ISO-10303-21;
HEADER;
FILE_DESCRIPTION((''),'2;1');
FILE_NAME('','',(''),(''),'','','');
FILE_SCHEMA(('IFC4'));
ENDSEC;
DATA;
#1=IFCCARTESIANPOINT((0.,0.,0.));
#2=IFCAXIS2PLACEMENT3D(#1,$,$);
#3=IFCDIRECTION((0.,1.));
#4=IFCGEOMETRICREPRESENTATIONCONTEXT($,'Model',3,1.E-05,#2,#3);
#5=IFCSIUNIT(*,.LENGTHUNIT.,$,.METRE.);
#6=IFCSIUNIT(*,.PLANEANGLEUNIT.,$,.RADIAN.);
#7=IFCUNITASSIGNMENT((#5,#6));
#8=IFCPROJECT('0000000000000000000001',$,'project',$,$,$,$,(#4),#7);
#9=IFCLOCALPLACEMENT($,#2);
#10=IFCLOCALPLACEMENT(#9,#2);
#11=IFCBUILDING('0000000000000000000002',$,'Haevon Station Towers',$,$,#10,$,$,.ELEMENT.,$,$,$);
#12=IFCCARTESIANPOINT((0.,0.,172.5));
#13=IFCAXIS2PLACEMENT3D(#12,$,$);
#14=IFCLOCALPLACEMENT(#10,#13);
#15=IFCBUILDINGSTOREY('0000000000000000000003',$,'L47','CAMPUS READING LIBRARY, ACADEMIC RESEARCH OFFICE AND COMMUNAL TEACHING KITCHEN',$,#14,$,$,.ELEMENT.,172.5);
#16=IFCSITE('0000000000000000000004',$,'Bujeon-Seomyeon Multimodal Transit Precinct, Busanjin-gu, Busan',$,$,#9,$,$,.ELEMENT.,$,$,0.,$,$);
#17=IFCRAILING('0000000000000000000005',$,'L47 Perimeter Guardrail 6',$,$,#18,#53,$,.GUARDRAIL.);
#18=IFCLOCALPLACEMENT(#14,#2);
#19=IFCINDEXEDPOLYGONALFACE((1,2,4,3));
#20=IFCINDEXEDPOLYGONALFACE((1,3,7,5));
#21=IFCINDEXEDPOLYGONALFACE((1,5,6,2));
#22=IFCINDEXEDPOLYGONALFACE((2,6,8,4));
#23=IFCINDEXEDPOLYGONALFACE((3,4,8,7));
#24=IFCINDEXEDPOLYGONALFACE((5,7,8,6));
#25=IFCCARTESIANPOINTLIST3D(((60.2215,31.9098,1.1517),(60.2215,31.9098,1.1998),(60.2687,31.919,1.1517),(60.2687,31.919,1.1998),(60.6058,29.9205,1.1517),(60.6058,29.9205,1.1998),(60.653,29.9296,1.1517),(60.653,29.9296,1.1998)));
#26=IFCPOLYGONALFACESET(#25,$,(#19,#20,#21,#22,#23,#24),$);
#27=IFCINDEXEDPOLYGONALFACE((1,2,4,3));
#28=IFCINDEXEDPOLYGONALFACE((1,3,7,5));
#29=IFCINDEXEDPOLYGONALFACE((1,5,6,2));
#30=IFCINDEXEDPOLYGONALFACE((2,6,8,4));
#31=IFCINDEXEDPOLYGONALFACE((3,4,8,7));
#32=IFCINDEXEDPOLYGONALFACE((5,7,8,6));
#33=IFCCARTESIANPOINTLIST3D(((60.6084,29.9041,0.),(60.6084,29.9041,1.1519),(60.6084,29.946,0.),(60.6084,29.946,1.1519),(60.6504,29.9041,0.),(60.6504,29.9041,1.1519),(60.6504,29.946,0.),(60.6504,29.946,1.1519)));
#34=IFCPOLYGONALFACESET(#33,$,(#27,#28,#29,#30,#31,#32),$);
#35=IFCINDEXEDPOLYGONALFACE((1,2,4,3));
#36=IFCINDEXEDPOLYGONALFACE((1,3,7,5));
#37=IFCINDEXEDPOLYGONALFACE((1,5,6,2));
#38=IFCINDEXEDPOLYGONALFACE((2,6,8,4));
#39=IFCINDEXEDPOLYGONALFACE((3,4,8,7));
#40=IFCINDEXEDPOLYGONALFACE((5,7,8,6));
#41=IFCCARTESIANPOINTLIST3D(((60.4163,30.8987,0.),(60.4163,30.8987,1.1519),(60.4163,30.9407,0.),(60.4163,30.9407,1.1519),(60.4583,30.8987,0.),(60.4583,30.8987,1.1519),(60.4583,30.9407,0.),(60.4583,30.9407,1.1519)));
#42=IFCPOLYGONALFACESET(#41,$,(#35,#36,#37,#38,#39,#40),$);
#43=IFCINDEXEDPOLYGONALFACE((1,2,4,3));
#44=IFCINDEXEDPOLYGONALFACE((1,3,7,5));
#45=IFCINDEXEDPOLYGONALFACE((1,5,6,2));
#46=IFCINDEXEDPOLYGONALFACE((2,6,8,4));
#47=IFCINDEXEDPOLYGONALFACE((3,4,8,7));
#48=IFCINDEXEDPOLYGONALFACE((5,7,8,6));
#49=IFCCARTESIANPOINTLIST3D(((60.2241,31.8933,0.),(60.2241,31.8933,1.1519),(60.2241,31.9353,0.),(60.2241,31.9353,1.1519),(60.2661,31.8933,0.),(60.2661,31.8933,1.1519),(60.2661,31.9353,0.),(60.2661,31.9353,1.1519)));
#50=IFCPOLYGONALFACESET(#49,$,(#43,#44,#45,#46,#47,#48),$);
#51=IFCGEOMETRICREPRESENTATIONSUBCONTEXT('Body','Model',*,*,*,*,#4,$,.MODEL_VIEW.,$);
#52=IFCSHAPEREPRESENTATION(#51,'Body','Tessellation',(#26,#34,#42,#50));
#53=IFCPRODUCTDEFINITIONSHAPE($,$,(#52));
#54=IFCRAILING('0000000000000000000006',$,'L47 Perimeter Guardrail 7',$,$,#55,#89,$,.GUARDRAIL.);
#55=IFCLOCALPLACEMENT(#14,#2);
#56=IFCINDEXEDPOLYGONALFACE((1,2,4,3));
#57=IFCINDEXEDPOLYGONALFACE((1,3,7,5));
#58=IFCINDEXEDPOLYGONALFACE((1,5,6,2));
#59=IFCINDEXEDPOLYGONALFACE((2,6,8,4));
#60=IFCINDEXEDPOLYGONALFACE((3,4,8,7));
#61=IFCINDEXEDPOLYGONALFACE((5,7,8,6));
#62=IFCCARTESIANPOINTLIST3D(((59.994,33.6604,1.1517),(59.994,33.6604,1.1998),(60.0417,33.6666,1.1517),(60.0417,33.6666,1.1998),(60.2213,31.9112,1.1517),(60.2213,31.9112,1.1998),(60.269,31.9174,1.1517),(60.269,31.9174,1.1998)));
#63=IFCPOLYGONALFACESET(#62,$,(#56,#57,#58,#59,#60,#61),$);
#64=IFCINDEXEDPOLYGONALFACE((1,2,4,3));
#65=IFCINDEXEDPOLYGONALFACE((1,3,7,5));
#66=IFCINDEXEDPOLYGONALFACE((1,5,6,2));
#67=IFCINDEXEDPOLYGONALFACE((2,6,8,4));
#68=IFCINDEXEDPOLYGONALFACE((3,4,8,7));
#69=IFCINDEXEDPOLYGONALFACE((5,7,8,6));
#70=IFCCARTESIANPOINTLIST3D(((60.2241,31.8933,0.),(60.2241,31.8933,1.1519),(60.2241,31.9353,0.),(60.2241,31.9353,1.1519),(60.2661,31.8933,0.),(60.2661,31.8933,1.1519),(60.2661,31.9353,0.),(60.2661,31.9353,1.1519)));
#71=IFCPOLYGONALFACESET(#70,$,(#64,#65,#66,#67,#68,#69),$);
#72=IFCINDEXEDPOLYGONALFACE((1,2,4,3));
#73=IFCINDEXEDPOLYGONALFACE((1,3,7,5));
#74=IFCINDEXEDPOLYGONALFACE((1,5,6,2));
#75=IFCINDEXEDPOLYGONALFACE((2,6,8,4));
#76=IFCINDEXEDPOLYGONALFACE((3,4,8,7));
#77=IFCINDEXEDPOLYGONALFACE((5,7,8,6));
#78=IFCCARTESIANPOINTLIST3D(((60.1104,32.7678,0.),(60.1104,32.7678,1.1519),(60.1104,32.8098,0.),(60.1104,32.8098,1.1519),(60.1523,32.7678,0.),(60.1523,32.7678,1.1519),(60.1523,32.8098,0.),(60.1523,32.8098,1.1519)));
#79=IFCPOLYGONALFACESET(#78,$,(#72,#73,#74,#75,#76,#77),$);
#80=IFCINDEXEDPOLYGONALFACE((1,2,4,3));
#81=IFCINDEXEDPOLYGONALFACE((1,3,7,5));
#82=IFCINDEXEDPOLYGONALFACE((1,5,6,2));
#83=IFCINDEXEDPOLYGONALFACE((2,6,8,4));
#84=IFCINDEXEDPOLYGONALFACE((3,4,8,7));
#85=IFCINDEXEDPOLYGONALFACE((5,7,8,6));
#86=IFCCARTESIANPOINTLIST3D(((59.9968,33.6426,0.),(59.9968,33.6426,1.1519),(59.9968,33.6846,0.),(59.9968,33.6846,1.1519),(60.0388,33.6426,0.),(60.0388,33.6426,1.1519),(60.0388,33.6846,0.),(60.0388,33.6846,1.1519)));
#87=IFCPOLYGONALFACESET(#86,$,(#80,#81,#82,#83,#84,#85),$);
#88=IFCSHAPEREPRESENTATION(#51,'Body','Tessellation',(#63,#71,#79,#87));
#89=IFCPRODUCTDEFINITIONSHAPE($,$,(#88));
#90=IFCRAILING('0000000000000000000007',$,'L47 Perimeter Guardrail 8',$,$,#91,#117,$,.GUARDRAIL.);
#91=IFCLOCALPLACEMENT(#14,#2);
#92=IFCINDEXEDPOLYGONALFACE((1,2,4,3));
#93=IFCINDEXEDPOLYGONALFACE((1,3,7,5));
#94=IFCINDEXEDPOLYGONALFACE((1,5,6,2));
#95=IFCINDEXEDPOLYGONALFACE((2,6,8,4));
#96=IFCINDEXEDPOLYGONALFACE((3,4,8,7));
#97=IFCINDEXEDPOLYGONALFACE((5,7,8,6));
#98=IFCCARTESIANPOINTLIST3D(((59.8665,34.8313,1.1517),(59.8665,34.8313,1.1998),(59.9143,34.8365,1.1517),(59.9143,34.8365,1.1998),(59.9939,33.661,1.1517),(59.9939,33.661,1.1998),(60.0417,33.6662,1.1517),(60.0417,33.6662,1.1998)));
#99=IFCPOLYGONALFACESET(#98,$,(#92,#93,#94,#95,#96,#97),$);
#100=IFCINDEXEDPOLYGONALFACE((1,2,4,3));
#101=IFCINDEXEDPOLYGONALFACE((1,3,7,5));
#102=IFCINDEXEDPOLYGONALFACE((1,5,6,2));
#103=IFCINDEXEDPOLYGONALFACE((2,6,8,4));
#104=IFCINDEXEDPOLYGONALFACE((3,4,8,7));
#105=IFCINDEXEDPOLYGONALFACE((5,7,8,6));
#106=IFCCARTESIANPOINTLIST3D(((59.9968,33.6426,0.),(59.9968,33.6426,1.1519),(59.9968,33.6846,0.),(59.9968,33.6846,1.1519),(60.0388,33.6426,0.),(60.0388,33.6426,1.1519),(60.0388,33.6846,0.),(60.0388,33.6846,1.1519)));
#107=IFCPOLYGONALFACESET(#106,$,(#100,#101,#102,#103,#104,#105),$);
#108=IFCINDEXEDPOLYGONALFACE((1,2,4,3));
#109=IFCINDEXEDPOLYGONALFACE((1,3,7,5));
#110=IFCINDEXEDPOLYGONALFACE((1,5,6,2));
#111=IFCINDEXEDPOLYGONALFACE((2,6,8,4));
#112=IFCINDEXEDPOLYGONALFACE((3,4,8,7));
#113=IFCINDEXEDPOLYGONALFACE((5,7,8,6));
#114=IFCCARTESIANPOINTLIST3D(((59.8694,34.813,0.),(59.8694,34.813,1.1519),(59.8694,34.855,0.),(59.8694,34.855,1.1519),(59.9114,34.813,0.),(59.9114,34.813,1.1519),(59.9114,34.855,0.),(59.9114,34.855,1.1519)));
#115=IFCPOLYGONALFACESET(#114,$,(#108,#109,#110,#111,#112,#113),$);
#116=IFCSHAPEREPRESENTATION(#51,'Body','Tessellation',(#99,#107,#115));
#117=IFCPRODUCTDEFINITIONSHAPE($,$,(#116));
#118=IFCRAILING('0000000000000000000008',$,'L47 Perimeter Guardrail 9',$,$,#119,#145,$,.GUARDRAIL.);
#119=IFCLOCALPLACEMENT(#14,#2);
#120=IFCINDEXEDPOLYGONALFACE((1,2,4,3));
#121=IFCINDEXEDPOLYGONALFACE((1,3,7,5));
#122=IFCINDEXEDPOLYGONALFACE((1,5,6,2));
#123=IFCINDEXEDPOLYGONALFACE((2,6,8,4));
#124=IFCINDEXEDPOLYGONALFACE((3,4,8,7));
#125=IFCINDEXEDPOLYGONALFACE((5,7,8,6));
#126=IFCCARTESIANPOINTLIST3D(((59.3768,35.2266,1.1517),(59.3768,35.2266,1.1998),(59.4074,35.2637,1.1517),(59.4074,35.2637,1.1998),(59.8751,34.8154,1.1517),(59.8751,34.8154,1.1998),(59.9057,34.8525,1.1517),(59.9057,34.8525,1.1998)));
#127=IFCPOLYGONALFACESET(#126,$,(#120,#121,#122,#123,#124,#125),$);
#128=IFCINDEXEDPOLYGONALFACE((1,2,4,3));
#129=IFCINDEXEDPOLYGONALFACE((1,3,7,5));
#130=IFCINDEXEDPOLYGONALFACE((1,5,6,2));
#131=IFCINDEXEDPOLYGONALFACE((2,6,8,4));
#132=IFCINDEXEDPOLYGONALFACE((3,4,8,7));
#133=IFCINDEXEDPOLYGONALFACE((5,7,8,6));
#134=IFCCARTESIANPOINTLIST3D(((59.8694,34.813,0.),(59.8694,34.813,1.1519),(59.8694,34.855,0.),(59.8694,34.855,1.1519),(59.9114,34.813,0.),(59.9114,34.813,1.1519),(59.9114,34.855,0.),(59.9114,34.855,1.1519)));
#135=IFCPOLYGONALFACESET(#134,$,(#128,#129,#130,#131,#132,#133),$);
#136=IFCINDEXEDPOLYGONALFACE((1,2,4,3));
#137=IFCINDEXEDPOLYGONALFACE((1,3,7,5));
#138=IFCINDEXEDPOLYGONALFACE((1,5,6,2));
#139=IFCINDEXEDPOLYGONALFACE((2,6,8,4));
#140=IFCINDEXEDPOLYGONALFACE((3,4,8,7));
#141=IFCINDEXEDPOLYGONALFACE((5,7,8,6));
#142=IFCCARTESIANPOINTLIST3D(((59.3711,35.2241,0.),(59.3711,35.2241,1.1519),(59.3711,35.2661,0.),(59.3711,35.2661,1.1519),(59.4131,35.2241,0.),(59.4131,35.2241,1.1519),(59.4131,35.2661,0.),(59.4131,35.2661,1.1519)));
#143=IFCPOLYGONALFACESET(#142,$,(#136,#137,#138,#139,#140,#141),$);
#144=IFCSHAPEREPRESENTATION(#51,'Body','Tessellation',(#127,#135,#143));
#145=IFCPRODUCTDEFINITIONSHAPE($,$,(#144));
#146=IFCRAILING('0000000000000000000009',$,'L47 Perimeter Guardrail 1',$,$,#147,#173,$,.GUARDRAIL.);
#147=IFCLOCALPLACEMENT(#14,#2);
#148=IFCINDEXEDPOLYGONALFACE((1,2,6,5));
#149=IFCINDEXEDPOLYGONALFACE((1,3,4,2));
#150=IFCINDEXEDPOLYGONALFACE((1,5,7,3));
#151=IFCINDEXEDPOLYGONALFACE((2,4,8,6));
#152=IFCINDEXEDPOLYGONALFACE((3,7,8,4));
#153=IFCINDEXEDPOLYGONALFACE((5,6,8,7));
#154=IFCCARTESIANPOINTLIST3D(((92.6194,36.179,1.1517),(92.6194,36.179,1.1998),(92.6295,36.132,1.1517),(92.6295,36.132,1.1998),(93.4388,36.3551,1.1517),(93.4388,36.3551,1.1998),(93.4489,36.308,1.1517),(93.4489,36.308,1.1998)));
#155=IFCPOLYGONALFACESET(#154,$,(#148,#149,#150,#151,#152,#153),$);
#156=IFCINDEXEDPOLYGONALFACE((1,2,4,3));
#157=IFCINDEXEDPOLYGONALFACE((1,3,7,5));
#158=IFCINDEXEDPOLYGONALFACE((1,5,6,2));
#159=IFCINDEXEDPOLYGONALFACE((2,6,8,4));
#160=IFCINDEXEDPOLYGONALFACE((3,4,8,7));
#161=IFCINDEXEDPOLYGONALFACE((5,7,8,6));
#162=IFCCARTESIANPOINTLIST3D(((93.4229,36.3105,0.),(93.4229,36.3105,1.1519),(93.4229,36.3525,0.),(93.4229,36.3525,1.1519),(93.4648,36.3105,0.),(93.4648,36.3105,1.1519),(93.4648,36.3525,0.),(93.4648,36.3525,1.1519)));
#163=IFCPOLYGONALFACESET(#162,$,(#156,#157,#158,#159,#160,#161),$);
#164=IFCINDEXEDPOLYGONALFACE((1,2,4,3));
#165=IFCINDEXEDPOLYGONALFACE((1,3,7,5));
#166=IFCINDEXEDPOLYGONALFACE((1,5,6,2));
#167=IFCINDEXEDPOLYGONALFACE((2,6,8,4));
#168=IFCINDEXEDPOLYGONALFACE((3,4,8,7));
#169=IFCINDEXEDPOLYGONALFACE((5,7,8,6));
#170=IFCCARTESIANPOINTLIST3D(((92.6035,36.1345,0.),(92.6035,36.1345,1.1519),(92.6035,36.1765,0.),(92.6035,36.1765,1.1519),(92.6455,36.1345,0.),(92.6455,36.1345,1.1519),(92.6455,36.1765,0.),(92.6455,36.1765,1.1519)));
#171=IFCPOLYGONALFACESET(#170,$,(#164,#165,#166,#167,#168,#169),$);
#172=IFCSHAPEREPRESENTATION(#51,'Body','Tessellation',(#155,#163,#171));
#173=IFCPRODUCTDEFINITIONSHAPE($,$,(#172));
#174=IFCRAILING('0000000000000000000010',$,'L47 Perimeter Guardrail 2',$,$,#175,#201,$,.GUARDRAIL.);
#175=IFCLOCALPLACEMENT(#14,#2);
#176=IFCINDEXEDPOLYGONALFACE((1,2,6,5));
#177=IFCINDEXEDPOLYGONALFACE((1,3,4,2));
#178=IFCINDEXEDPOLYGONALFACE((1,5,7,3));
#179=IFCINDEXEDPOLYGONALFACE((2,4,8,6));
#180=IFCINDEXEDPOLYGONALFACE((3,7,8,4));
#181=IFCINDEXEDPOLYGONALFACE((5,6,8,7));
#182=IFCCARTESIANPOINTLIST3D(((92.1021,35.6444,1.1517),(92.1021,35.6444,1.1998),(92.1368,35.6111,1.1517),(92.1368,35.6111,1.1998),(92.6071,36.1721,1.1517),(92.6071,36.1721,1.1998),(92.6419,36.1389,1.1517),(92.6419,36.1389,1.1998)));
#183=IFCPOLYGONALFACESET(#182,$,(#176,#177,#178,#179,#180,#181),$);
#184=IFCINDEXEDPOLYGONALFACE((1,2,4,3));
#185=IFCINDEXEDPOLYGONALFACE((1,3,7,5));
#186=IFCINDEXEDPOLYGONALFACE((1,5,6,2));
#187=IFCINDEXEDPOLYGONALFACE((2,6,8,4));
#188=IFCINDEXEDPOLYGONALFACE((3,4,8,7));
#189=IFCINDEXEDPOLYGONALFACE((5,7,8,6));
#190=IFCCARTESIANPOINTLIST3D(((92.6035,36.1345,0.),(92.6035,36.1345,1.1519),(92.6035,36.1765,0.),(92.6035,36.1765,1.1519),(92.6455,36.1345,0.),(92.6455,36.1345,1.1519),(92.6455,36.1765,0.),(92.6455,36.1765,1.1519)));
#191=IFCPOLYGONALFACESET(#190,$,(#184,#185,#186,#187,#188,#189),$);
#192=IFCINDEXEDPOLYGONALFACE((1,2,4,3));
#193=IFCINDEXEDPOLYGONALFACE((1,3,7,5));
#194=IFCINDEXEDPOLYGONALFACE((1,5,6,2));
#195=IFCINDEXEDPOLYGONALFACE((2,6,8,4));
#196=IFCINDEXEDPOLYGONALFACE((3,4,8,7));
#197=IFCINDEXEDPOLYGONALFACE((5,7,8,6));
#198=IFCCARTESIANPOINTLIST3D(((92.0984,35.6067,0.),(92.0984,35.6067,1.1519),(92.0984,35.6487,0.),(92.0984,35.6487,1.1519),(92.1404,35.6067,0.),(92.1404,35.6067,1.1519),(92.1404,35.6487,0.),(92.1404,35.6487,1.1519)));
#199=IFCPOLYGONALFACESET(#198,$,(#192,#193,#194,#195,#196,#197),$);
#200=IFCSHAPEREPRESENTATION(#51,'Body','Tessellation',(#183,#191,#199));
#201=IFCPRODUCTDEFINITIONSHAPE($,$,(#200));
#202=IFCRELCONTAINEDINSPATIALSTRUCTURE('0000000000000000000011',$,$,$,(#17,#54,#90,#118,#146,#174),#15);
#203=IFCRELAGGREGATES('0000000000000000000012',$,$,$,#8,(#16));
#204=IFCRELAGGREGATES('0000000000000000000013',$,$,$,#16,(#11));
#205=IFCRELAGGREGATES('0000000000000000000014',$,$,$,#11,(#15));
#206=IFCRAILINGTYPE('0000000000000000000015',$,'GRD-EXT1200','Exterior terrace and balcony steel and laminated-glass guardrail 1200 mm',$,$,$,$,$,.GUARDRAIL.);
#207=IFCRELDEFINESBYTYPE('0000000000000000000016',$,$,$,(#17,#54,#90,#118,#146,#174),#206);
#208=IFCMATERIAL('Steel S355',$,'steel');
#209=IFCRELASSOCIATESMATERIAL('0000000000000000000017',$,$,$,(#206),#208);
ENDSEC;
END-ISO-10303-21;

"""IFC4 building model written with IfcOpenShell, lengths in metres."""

from ifc_helpers import new_model, si_unit, direction, frame, origin, origin_2d, place, context, subcontext, project, spatial, rectangle, extrude, material, type_object, element, save


model = new_model("IFC4")

# Units and contexts
model_context = context("Model", 3, precision=1e-05, world=origin(), true_north=direction((0.0, 1.0)))
body_context = subcontext(model_context, "Body", "Model", "MODEL_VIEW")
ifc_project = project(units=[si_unit("LENGTHUNIT", "METRE"), si_unit("PLANEANGLEUNIT", "RADIAN")], contexts=[model_context])

# Site, building, storey
site_placement = place(None, origin())
site = spatial("IfcSite", under=ifc_project, at=site_placement, Name="Bujeon-Seomyeon Multimodal Transit Precinct, Busanjin-gu, Busan", CompositionType="ELEMENT", RefElevation=0.0)
building_placement = place(site_placement, origin())
building = spatial("IfcBuilding", under=site, at=building_placement, Name="Haevon Station Towers", CompositionType="ELEMENT")
storey_placement = place(building_placement, frame((0.0, 0.0, 172.5)))
storey = spatial("IfcBuildingStorey", under=building, at=storey_placement, Name="L47", Description="CAMPUS READING LIBRARY, ACADEMIC RESEARCH OFFICE AND COMMUNAL TEACHING KITCHEN", CompositionType="ELEMENT", Elevation=172.5)

# Shared definitions
ifc_material_1 = material(Name="Steel S355", Category="steel")

# Railings
railing_type = type_object("IfcRailingType", Name="GRD-EXT1200", Description="Exterior terrace and balcony steel and laminated-glass guardrail 1200 mm", PredefinedType="GUARDRAIL", material=ifc_material_1)
railing_1_placement = place(storey_placement, frame((60.6294, 29.925, 0.0)))
element("IfcRailing", 1, at=railing_1_placement, inside=storey, type_object=railing_type, Name="L47 Perimeter Guardrail 6", PredefinedType="GUARDRAIL", context=body_context, shape_type="SweptSolid", body=[
    extrude(rectangle(XDim=0.0481, YDim=0.0481, at=origin_2d()), frame((0.0, 0.0, 1.1758), z_axis=(-0.18967, 0.981848, 0.0), x_axis=(-0.981848, -0.18967, 0.0)), (0.0, 0.0, 1.0), 2.0261),
    extrude(rectangle(XDim=0.042, YDim=0.042, at=origin_2d()), origin(), (0.0, 0.0, 1.0), 1.1519),
    extrude(rectangle(XDim=0.042, YDim=0.042, at=origin_2d()), frame((-0.1921, 0.9946, 0.0)), (0.0, 0.0, 1.0), 1.1519),
    extrude(rectangle(XDim=0.042, YDim=0.042, at=origin_2d()), frame((-0.3843, 1.9893, 0.0)), (0.0, 0.0, 1.0), 1.1519),
])
railing_2_placement = place(storey_placement, frame((60.2451, 31.9143, 0.0)))
element("IfcRailing", 2, at=railing_2_placement, inside=storey, type_object=railing_type, Name="L47 Perimeter Guardrail 7", PredefinedType="GUARDRAIL", context=body_context, shape_type="SweptSolid", body=[
    extrude(rectangle(XDim=0.0481, YDim=0.0481, at=origin_2d()), frame((0.0, 0.0, 1.1758), z_axis=(-0.128854, 0.991664, 0.0), x_axis=(-0.991664, -0.128854, 0.0)), (0.0, 0.0, 1.0), 1.7639),
    extrude(rectangle(XDim=0.042, YDim=0.042, at=origin_2d()), origin(), (0.0, 0.0, 1.0), 1.1519),
    extrude(rectangle(XDim=0.042, YDim=0.042, at=origin_2d()), frame((-0.1138, 0.8745, 0.0)), (0.0, 0.0, 1.0), 1.1519),
    extrude(rectangle(XDim=0.042, YDim=0.042, at=origin_2d()), frame((-0.2273, 1.7493, 0.0)), (0.0, 0.0, 1.0), 1.1519),
])
railing_3_placement = place(storey_placement, frame((60.0178, 33.6636, 0.0)))
element("IfcRailing", 3, at=railing_3_placement, inside=storey, type_object=railing_type, Name="L47 Perimeter Guardrail 8", PredefinedType="GUARDRAIL", context=body_context, shape_type="SweptSolid", body=[
    extrude(rectangle(XDim=0.0481, YDim=0.0481, at=origin_2d()), frame((0.0, 0.0, 1.1758), z_axis=(-0.108246, 0.994124, 0.0), x_axis=(-0.994124, -0.108246, 0.0)), (0.0, 0.0, 1.0), 1.1772),
    extrude(rectangle(XDim=0.042, YDim=0.042, at=origin_2d()), origin(), (0.0, 0.0, 1.0), 1.1519),
    extrude(rectangle(XDim=0.042, YDim=0.042, at=origin_2d()), frame((-0.1274, 1.1704, 0.0)), (0.0, 0.0, 1.0), 1.1519),
])
railing_4_placement = place(storey_placement, frame((59.8904, 34.834, 0.0)))
element("IfcRailing", 4, at=railing_4_placement, inside=storey, type_object=railing_type, Name="L47 Perimeter Guardrail 9", PredefinedType="GUARDRAIL", context=body_context, shape_type="SweptSolid", body=[
    extrude(rectangle(XDim=0.0481, YDim=0.0481, at=origin_2d()), frame((0.0, 0.0, 1.1758), z_axis=(-0.771341, 0.636422, 0.0), x_axis=(-0.636422, -0.771341, 0.0)), (0.0, 0.0, 1.0), 0.646),
    extrude(rectangle(XDim=0.042, YDim=0.042, at=origin_2d()), origin(), (0.0, 0.0, 1.0), 1.1519),
    extrude(rectangle(XDim=0.042, YDim=0.042, at=origin_2d()), frame((-0.4983, 0.4111, 0.0)), (0.0, 0.0, 1.0), 1.1519),
])
railing_5_placement = place(storey_placement, frame((93.4438, 36.3315, 0.0)))
element("IfcRailing", 5, at=railing_5_placement, inside=storey, type_object=railing_type, Name="L47 Perimeter Guardrail 1", PredefinedType="GUARDRAIL", context=body_context, shape_type="SweptSolid", body=[
    extrude(rectangle(XDim=0.0481, YDim=0.0481, at=origin_2d()), frame((0.0, 0.0, 1.1758), z_axis=(-0.977691, -0.210046, 0.0), x_axis=(0.210046, -0.977691, 0.0)), (0.0, 0.0, 1.0), 0.8381),
    extrude(rectangle(XDim=0.042, YDim=0.042, at=origin_2d()), origin(), (0.0, 0.0, 1.0), 1.1519),
    extrude(rectangle(XDim=0.042, YDim=0.042, at=origin_2d()), frame((-0.8193, -0.176, 0.0)), (0.0, 0.0, 1.0), 1.1519),
])
railing_6_placement = place(storey_placement, frame((92.6245, 36.1555, 0.0)))
element("IfcRailing", 6, at=railing_6_placement, inside=storey, type_object=railing_type, Name="L47 Perimeter Guardrail 2", PredefinedType="GUARDRAIL", context=body_context, shape_type="SweptSolid", body=[
    extrude(rectangle(XDim=0.0481, YDim=0.0481, at=origin_2d()), frame((0.0, 0.0, 1.1758), z_axis=(-0.691397, -0.722475, 0.0), x_axis=(0.722475, -0.691397, 0.0)), (0.0, 0.0, 1.0), 0.7305),
    extrude(rectangle(XDim=0.042, YDim=0.042, at=origin_2d()), origin(), (0.0, 0.0, 1.0), 1.1519),
    extrude(rectangle(XDim=0.042, YDim=0.042, at=origin_2d()), frame((-0.5051, -0.5278, 0.0)), (0.0, 0.0, 1.0), 1.1519),
])

save(model, "model.ifc")
